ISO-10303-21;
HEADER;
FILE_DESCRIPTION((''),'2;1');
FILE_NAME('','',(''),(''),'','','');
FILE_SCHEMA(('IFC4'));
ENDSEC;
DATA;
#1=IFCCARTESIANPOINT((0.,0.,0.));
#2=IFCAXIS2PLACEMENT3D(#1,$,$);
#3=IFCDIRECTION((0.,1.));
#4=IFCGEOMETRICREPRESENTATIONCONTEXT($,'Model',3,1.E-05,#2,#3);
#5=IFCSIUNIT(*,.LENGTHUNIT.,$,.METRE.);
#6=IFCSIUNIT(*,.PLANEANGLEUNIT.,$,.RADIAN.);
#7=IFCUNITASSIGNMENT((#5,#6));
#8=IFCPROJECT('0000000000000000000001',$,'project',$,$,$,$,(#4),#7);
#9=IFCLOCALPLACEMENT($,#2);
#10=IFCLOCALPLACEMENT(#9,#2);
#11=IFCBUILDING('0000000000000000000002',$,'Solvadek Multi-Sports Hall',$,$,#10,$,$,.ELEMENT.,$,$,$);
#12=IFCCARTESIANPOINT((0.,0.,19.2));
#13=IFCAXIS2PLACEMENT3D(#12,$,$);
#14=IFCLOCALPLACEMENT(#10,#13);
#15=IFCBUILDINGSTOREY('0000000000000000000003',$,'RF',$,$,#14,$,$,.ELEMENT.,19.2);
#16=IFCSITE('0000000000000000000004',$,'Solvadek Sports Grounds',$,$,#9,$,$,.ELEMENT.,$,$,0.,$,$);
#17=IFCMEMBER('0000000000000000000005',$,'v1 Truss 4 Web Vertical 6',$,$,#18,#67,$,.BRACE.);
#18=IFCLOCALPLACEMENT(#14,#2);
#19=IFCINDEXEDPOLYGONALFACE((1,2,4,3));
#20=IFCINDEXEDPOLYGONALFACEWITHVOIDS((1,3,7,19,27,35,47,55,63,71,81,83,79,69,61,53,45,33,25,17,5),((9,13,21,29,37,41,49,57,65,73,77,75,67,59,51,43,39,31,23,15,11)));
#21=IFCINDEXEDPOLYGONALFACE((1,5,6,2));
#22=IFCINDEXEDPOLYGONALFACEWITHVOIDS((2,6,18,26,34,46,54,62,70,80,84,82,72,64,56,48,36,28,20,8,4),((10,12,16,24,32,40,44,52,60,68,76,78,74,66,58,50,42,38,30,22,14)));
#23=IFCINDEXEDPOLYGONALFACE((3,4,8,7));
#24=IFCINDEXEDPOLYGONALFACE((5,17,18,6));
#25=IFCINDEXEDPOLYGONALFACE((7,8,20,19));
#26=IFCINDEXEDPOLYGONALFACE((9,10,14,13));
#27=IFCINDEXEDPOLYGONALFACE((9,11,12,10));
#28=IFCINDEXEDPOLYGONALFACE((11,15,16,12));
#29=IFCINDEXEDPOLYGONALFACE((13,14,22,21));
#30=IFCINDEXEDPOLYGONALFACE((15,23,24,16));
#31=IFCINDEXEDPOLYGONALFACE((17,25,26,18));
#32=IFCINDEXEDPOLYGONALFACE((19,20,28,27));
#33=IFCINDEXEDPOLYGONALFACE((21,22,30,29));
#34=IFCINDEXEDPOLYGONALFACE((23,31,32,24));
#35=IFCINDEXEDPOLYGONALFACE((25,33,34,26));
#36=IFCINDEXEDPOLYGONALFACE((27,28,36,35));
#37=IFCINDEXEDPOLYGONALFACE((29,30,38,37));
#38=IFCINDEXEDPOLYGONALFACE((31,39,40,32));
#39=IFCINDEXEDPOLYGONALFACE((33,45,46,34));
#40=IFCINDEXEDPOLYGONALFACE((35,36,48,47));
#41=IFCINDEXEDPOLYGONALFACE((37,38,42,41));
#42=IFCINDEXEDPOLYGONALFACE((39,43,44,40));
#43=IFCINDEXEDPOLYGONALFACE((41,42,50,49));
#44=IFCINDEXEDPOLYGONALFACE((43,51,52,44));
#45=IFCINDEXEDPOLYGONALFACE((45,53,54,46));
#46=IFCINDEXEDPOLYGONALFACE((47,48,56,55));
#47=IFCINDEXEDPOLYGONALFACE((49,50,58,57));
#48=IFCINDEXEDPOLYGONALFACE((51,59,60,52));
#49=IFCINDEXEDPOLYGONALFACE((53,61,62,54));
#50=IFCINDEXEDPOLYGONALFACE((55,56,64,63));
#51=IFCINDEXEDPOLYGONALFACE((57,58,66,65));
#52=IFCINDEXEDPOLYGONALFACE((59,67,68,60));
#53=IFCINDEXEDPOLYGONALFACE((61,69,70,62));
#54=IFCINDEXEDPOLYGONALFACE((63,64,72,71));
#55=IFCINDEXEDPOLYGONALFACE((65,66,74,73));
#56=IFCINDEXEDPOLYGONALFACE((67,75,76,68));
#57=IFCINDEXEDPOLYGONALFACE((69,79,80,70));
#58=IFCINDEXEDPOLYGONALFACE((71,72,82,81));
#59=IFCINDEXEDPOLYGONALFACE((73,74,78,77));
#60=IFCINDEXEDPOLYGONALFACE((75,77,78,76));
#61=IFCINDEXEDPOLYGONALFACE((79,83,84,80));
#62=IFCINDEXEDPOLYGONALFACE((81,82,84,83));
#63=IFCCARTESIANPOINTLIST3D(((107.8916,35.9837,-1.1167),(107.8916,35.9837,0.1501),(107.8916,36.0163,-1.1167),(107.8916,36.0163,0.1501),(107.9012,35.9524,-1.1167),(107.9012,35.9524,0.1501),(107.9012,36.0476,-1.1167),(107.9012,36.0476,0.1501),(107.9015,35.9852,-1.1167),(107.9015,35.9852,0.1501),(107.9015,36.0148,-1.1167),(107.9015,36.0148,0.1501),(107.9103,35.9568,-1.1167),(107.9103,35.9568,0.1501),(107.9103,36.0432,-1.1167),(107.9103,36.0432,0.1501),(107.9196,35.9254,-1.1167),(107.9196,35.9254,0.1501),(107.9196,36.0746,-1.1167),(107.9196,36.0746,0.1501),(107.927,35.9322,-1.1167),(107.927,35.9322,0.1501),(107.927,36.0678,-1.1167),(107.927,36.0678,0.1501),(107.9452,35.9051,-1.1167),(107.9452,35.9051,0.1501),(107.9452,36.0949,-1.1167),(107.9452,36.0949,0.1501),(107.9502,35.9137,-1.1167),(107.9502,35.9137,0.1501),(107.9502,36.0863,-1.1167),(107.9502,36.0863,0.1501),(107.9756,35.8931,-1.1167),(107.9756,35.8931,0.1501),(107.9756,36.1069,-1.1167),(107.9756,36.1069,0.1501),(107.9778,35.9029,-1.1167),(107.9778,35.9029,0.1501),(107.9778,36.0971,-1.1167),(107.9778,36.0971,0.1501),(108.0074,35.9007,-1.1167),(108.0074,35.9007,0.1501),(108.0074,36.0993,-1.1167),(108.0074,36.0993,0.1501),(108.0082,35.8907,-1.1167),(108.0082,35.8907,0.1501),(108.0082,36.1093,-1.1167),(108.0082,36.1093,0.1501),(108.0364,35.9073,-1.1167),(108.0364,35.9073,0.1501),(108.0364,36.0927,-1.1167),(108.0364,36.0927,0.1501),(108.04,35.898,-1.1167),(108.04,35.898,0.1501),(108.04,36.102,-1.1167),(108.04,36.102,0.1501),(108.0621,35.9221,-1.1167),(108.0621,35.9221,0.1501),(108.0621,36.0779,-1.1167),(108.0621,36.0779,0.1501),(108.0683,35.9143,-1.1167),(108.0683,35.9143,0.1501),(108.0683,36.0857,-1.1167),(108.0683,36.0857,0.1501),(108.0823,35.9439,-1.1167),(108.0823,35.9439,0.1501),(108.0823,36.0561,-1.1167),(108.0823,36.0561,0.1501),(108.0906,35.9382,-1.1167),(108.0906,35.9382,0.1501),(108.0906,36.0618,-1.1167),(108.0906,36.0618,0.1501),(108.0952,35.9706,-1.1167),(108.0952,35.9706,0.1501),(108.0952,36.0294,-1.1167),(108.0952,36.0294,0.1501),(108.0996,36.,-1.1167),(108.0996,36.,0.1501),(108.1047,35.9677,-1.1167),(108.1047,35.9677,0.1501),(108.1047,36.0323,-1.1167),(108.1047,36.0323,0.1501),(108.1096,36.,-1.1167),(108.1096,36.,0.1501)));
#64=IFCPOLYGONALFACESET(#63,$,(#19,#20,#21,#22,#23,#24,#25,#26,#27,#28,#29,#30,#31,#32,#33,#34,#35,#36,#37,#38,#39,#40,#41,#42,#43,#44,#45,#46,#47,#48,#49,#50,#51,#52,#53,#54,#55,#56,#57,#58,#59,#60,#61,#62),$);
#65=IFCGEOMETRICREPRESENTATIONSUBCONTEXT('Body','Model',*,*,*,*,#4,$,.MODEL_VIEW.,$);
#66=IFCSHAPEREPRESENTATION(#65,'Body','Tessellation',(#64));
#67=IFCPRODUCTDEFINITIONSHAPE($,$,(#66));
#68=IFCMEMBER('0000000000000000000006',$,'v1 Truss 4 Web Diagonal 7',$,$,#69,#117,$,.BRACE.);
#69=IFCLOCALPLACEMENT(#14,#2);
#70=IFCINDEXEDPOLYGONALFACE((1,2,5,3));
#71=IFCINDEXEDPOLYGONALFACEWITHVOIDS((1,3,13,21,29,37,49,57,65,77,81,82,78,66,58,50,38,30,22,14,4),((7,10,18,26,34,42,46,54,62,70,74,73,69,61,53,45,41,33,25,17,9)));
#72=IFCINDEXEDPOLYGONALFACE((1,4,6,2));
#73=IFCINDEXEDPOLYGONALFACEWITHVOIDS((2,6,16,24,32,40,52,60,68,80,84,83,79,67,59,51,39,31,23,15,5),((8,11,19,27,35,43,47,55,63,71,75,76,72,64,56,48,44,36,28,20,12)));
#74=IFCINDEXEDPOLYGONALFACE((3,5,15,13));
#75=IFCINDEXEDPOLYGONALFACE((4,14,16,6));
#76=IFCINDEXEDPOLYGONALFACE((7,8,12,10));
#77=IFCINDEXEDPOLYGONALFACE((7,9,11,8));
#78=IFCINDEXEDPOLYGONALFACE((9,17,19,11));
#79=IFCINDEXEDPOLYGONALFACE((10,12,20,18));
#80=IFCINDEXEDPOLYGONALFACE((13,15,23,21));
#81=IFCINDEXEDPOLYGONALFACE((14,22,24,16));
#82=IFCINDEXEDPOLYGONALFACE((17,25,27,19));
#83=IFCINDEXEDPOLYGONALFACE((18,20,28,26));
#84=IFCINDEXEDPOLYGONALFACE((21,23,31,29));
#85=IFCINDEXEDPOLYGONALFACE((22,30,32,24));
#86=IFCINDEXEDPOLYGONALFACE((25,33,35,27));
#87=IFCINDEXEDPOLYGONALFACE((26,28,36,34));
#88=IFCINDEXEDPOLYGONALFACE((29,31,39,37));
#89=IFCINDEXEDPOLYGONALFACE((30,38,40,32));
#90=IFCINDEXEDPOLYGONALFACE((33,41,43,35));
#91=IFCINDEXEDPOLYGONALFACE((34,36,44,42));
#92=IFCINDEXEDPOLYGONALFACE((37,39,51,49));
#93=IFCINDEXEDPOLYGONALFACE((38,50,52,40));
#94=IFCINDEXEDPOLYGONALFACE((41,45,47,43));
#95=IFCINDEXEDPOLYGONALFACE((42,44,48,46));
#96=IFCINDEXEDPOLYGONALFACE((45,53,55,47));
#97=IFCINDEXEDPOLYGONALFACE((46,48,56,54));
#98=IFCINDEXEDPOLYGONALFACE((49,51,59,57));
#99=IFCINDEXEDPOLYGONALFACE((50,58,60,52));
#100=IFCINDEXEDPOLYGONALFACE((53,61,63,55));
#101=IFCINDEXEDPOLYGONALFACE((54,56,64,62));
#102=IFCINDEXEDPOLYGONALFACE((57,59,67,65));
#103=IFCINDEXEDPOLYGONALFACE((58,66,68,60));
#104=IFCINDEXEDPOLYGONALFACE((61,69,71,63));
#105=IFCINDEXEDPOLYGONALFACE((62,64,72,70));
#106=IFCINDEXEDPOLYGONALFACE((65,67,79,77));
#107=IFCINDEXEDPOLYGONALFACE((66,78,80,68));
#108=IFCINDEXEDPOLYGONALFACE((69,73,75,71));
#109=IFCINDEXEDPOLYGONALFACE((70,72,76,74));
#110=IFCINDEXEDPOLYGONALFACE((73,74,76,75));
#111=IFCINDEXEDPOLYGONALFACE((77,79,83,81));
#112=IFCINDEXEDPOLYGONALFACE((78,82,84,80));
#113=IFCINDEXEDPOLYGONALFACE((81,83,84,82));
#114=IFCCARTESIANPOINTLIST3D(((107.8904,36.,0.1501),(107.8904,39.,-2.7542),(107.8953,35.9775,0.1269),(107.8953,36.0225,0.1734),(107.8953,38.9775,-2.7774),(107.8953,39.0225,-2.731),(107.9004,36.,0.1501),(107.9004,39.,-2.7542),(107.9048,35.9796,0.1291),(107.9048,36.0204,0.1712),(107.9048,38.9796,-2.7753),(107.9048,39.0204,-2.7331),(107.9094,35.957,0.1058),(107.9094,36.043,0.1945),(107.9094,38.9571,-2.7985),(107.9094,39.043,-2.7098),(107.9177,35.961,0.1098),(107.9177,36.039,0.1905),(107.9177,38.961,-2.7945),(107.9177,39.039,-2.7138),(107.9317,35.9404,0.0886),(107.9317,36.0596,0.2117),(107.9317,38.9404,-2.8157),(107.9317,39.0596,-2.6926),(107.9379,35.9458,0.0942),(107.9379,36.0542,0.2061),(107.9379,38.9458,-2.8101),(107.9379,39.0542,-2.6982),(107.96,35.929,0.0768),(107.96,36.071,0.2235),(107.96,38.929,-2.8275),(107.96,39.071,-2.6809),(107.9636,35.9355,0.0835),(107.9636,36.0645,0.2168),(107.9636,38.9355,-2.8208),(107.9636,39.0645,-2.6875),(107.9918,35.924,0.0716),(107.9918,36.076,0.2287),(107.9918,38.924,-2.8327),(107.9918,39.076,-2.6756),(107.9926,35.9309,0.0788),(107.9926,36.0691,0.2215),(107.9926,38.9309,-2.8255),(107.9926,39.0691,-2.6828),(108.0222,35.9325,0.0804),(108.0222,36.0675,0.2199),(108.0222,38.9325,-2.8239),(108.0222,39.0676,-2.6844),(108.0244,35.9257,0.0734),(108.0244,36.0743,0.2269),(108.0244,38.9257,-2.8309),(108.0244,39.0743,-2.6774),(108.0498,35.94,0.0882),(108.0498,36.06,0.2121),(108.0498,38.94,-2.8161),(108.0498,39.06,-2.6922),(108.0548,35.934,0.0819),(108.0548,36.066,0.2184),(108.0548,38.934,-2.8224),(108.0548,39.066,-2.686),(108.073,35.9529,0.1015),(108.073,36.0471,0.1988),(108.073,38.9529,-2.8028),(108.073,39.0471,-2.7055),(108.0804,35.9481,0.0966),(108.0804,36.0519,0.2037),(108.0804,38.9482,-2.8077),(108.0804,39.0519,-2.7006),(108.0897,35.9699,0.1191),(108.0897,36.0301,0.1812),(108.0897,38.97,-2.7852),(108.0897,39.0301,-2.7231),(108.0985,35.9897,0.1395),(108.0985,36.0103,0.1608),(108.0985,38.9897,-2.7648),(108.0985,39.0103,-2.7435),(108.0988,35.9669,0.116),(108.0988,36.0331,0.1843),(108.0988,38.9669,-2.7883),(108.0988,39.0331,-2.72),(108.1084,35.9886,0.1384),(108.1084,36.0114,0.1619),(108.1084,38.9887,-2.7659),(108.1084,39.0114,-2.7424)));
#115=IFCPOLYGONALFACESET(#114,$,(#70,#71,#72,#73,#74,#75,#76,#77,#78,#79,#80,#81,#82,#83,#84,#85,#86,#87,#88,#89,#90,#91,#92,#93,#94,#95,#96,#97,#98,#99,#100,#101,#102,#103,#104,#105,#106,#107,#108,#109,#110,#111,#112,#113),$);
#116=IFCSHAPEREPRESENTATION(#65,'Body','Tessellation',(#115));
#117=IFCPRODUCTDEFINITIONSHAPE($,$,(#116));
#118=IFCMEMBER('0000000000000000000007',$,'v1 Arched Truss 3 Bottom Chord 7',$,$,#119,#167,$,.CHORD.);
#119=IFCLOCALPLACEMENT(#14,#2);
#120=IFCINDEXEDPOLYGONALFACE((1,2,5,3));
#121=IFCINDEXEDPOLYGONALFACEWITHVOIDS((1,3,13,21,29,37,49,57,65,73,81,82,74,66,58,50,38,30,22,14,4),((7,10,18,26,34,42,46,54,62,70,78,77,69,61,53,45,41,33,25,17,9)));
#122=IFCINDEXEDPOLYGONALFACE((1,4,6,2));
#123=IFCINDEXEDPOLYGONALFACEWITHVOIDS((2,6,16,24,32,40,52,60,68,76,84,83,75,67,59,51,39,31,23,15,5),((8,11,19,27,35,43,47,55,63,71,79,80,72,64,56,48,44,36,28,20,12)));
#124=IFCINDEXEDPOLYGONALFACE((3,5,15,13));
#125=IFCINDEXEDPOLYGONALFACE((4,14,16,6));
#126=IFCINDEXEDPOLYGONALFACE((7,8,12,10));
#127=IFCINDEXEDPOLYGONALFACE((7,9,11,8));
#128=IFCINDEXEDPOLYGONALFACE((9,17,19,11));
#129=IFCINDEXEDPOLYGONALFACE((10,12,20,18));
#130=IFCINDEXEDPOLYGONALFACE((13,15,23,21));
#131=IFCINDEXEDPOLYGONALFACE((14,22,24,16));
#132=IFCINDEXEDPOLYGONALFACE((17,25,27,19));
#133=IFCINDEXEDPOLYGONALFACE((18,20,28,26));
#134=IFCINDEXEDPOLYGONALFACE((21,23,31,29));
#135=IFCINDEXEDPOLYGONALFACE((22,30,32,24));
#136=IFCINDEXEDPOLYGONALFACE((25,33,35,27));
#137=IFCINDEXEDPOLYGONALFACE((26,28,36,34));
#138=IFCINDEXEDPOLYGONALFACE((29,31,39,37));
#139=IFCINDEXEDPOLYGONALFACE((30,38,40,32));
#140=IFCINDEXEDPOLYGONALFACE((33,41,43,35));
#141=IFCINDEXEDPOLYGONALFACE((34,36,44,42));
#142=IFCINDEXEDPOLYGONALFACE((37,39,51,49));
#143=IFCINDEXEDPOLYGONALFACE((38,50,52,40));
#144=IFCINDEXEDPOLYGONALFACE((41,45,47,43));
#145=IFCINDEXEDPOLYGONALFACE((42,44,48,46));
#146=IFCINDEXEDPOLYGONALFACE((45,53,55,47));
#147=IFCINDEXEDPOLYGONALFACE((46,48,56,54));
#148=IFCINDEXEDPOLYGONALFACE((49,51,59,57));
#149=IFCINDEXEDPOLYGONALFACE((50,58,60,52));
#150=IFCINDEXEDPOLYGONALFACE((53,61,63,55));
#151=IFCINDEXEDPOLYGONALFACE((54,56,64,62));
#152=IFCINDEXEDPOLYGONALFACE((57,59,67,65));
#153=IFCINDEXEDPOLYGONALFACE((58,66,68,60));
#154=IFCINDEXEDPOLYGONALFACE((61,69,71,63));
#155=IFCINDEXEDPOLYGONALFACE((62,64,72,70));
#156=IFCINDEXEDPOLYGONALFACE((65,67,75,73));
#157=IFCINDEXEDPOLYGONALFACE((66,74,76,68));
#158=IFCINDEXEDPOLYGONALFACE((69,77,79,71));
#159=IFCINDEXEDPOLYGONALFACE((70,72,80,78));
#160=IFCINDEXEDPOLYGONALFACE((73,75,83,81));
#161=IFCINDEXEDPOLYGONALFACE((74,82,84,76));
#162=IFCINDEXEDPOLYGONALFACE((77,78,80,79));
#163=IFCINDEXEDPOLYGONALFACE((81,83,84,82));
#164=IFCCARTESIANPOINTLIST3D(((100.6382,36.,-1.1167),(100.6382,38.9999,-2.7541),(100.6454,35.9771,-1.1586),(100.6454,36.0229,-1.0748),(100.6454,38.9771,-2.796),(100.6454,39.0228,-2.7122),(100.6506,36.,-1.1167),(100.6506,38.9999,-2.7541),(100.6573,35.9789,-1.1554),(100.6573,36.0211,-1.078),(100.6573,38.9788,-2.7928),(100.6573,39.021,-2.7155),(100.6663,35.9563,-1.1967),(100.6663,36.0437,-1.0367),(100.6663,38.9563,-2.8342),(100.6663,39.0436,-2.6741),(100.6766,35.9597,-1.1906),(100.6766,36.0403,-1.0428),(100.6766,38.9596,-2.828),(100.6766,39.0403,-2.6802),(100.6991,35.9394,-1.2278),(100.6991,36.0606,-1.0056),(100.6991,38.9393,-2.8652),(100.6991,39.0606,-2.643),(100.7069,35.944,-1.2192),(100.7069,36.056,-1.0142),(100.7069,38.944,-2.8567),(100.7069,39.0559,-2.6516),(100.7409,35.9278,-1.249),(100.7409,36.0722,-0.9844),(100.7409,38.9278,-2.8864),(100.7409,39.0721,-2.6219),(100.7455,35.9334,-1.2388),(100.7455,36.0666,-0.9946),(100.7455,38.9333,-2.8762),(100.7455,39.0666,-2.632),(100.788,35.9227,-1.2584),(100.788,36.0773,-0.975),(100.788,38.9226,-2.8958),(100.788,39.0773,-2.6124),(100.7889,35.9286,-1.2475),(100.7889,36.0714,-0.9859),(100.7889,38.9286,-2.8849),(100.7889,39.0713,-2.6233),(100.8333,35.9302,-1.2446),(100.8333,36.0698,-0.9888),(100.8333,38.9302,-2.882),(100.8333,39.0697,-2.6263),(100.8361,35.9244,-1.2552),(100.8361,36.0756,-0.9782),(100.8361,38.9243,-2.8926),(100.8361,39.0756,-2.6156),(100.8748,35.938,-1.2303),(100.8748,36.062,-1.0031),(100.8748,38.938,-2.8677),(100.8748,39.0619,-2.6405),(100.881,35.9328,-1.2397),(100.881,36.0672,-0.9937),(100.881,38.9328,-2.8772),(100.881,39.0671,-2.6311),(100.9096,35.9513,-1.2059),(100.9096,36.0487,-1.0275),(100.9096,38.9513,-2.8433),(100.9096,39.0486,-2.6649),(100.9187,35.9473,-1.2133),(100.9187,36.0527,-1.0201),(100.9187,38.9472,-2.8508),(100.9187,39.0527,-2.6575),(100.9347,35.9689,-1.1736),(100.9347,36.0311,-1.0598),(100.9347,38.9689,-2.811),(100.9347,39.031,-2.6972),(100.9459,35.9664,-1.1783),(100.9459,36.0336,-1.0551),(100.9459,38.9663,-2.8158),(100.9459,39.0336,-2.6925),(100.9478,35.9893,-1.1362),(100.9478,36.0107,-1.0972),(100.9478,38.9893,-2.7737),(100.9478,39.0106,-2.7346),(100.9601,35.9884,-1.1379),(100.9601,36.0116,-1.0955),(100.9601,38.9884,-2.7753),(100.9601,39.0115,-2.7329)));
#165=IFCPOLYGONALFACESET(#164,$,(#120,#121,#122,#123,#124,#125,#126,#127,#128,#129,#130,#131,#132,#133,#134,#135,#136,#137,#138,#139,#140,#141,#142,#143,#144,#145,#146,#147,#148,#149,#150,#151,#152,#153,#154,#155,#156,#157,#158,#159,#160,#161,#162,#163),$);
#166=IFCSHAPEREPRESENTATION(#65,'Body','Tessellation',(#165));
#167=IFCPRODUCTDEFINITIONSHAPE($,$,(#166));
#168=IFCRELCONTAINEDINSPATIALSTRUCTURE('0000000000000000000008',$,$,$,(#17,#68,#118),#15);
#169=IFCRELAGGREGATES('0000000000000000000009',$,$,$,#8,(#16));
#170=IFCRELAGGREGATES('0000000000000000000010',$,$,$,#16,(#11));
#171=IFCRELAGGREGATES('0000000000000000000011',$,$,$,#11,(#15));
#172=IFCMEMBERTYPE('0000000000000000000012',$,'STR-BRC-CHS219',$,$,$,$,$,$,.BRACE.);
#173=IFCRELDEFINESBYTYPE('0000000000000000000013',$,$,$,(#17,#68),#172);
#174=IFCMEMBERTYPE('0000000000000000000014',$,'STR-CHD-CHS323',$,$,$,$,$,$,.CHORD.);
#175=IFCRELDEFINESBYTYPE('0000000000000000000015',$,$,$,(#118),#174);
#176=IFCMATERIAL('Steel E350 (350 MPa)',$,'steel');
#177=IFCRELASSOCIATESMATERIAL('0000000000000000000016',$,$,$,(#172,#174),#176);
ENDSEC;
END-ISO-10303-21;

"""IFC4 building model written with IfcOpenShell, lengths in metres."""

from ifc_helpers import new_model, si_unit, direction, frame, origin, origin_2d, place, context, subcontext, project, spatial, hollow_circle, extrude, material, material_profile, profile_set, type_object, element, save


model = new_model("IFC4")

# Units and contexts
model_context = context("Model", 3, precision=1e-05, world=origin(), true_north=direction((0.0, 1.0)))
body_context = subcontext(model_context, "Body", "Model", "MODEL_VIEW")
ifc_project = project(units=[si_unit("LENGTHUNIT", "METRE"), si_unit("PLANEANGLEUNIT", "RADIAN")], contexts=[model_context])

# Site, building, storey
site_placement = place(None, origin())
site = spatial("IfcSite", under=ifc_project, at=site_placement, Name="Solvadek Sports Grounds", CompositionType="ELEMENT", RefElevation=0.0)
building_placement = place(site_placement, origin())
building = spatial("IfcBuilding", under=site, at=building_placement, Name="Solvadek Multi-Sports Hall", CompositionType="ELEMENT")
storey_placement = place(building_placement, frame((0.0, 0.0, 19.2)))
storey = spatial("IfcBuildingStorey", under=building, at=storey_placement, Name="RF", CompositionType="ELEMENT", Elevation=19.2)

# Shared definitions
ifc_material_1 = material(Name="Steel E350 (350 MPa)", Category="steel")

# Members
ifc_material_profile_1 = material_profile(ifc_material_1, hollow_circle(Radius=0.1096, WallThickness=0.01, at=origin_2d()), Name="CHS 219.1x10")
ifc_profile_set_1 = profile_set([ifc_material_profile_1], Name="Steel E350 (350 MPa)")
member_type_1 = type_object("IfcMemberType", Name="STR-BRC-CHS219", PredefinedType="BRACE", material=ifc_profile_set_1)
member_1_placement = place(storey_placement, frame((108.0, 36.0, -1.1167), z_axis=(0.0, 0.0, 1.0), x_axis=(1.0, 0.0, 0.0)))
element("IfcMember", 1, at=member_1_placement, inside=storey, type_object=member_type_1, Name="v1 Truss 4 Web Vertical 6", PredefinedType="BRACE", context=body_context, shape_type="SweptSolid", body=[
    extrude(hollow_circle(Radius=0.1096, WallThickness=0.01, at=origin_2d()), origin(), (0.0, 0.0, 1.0), 1.2668),
])
member_2_placement = place(storey_placement, frame((108.0, 36.0, 0.1501), z_axis=(0.0, 0.718474, -0.695554), x_axis=(-1.0, 0.0, 0.0)))
element("IfcMember", 2, at=member_2_placement, inside=storey, type_object=member_type_1, Name="v1 Truss 4 Web Diagonal 7", PredefinedType="BRACE", context=body_context, shape_type="SweptSolid", body=[
    extrude(hollow_circle(Radius=0.1096, WallThickness=0.01, at=origin_2d()), origin(), (0.0, 0.0, 1.0), 4.1755),
])
ifc_material_profile_2 = material_profile(ifc_material_1, hollow_circle(Radius=0.1619, WallThickness=0.0125, at=origin_2d()), Name="CHS 323.9x12.5")
ifc_profile_set_2 = profile_set([ifc_material_profile_2], Name="Steel E350 (350 MPa)")
member_type_2 = type_object("IfcMemberType", Name="STR-CHD-CHS323", PredefinedType="CHORD", material=ifc_profile_set_2)
member_3_placement = place(storey_placement, frame((100.8, 36.0, -1.1167), z_axis=(0.0, 0.877762, -0.479097), x_axis=(-1.0, 0.0, 0.0)))
element("IfcMember", 3, at=member_3_placement, inside=storey, type_object=member_type_2, Name="v1 Arched Truss 3 Bottom Chord 7", PredefinedType="CHORD", context=body_context, shape_type="SweptSolid", body=[
    extrude(hollow_circle(Radius=0.1619, WallThickness=0.0125, at=origin_2d()), origin(), (0.0, 0.0, 1.0), 3.4177),
])

save(model, "model.ifc")
